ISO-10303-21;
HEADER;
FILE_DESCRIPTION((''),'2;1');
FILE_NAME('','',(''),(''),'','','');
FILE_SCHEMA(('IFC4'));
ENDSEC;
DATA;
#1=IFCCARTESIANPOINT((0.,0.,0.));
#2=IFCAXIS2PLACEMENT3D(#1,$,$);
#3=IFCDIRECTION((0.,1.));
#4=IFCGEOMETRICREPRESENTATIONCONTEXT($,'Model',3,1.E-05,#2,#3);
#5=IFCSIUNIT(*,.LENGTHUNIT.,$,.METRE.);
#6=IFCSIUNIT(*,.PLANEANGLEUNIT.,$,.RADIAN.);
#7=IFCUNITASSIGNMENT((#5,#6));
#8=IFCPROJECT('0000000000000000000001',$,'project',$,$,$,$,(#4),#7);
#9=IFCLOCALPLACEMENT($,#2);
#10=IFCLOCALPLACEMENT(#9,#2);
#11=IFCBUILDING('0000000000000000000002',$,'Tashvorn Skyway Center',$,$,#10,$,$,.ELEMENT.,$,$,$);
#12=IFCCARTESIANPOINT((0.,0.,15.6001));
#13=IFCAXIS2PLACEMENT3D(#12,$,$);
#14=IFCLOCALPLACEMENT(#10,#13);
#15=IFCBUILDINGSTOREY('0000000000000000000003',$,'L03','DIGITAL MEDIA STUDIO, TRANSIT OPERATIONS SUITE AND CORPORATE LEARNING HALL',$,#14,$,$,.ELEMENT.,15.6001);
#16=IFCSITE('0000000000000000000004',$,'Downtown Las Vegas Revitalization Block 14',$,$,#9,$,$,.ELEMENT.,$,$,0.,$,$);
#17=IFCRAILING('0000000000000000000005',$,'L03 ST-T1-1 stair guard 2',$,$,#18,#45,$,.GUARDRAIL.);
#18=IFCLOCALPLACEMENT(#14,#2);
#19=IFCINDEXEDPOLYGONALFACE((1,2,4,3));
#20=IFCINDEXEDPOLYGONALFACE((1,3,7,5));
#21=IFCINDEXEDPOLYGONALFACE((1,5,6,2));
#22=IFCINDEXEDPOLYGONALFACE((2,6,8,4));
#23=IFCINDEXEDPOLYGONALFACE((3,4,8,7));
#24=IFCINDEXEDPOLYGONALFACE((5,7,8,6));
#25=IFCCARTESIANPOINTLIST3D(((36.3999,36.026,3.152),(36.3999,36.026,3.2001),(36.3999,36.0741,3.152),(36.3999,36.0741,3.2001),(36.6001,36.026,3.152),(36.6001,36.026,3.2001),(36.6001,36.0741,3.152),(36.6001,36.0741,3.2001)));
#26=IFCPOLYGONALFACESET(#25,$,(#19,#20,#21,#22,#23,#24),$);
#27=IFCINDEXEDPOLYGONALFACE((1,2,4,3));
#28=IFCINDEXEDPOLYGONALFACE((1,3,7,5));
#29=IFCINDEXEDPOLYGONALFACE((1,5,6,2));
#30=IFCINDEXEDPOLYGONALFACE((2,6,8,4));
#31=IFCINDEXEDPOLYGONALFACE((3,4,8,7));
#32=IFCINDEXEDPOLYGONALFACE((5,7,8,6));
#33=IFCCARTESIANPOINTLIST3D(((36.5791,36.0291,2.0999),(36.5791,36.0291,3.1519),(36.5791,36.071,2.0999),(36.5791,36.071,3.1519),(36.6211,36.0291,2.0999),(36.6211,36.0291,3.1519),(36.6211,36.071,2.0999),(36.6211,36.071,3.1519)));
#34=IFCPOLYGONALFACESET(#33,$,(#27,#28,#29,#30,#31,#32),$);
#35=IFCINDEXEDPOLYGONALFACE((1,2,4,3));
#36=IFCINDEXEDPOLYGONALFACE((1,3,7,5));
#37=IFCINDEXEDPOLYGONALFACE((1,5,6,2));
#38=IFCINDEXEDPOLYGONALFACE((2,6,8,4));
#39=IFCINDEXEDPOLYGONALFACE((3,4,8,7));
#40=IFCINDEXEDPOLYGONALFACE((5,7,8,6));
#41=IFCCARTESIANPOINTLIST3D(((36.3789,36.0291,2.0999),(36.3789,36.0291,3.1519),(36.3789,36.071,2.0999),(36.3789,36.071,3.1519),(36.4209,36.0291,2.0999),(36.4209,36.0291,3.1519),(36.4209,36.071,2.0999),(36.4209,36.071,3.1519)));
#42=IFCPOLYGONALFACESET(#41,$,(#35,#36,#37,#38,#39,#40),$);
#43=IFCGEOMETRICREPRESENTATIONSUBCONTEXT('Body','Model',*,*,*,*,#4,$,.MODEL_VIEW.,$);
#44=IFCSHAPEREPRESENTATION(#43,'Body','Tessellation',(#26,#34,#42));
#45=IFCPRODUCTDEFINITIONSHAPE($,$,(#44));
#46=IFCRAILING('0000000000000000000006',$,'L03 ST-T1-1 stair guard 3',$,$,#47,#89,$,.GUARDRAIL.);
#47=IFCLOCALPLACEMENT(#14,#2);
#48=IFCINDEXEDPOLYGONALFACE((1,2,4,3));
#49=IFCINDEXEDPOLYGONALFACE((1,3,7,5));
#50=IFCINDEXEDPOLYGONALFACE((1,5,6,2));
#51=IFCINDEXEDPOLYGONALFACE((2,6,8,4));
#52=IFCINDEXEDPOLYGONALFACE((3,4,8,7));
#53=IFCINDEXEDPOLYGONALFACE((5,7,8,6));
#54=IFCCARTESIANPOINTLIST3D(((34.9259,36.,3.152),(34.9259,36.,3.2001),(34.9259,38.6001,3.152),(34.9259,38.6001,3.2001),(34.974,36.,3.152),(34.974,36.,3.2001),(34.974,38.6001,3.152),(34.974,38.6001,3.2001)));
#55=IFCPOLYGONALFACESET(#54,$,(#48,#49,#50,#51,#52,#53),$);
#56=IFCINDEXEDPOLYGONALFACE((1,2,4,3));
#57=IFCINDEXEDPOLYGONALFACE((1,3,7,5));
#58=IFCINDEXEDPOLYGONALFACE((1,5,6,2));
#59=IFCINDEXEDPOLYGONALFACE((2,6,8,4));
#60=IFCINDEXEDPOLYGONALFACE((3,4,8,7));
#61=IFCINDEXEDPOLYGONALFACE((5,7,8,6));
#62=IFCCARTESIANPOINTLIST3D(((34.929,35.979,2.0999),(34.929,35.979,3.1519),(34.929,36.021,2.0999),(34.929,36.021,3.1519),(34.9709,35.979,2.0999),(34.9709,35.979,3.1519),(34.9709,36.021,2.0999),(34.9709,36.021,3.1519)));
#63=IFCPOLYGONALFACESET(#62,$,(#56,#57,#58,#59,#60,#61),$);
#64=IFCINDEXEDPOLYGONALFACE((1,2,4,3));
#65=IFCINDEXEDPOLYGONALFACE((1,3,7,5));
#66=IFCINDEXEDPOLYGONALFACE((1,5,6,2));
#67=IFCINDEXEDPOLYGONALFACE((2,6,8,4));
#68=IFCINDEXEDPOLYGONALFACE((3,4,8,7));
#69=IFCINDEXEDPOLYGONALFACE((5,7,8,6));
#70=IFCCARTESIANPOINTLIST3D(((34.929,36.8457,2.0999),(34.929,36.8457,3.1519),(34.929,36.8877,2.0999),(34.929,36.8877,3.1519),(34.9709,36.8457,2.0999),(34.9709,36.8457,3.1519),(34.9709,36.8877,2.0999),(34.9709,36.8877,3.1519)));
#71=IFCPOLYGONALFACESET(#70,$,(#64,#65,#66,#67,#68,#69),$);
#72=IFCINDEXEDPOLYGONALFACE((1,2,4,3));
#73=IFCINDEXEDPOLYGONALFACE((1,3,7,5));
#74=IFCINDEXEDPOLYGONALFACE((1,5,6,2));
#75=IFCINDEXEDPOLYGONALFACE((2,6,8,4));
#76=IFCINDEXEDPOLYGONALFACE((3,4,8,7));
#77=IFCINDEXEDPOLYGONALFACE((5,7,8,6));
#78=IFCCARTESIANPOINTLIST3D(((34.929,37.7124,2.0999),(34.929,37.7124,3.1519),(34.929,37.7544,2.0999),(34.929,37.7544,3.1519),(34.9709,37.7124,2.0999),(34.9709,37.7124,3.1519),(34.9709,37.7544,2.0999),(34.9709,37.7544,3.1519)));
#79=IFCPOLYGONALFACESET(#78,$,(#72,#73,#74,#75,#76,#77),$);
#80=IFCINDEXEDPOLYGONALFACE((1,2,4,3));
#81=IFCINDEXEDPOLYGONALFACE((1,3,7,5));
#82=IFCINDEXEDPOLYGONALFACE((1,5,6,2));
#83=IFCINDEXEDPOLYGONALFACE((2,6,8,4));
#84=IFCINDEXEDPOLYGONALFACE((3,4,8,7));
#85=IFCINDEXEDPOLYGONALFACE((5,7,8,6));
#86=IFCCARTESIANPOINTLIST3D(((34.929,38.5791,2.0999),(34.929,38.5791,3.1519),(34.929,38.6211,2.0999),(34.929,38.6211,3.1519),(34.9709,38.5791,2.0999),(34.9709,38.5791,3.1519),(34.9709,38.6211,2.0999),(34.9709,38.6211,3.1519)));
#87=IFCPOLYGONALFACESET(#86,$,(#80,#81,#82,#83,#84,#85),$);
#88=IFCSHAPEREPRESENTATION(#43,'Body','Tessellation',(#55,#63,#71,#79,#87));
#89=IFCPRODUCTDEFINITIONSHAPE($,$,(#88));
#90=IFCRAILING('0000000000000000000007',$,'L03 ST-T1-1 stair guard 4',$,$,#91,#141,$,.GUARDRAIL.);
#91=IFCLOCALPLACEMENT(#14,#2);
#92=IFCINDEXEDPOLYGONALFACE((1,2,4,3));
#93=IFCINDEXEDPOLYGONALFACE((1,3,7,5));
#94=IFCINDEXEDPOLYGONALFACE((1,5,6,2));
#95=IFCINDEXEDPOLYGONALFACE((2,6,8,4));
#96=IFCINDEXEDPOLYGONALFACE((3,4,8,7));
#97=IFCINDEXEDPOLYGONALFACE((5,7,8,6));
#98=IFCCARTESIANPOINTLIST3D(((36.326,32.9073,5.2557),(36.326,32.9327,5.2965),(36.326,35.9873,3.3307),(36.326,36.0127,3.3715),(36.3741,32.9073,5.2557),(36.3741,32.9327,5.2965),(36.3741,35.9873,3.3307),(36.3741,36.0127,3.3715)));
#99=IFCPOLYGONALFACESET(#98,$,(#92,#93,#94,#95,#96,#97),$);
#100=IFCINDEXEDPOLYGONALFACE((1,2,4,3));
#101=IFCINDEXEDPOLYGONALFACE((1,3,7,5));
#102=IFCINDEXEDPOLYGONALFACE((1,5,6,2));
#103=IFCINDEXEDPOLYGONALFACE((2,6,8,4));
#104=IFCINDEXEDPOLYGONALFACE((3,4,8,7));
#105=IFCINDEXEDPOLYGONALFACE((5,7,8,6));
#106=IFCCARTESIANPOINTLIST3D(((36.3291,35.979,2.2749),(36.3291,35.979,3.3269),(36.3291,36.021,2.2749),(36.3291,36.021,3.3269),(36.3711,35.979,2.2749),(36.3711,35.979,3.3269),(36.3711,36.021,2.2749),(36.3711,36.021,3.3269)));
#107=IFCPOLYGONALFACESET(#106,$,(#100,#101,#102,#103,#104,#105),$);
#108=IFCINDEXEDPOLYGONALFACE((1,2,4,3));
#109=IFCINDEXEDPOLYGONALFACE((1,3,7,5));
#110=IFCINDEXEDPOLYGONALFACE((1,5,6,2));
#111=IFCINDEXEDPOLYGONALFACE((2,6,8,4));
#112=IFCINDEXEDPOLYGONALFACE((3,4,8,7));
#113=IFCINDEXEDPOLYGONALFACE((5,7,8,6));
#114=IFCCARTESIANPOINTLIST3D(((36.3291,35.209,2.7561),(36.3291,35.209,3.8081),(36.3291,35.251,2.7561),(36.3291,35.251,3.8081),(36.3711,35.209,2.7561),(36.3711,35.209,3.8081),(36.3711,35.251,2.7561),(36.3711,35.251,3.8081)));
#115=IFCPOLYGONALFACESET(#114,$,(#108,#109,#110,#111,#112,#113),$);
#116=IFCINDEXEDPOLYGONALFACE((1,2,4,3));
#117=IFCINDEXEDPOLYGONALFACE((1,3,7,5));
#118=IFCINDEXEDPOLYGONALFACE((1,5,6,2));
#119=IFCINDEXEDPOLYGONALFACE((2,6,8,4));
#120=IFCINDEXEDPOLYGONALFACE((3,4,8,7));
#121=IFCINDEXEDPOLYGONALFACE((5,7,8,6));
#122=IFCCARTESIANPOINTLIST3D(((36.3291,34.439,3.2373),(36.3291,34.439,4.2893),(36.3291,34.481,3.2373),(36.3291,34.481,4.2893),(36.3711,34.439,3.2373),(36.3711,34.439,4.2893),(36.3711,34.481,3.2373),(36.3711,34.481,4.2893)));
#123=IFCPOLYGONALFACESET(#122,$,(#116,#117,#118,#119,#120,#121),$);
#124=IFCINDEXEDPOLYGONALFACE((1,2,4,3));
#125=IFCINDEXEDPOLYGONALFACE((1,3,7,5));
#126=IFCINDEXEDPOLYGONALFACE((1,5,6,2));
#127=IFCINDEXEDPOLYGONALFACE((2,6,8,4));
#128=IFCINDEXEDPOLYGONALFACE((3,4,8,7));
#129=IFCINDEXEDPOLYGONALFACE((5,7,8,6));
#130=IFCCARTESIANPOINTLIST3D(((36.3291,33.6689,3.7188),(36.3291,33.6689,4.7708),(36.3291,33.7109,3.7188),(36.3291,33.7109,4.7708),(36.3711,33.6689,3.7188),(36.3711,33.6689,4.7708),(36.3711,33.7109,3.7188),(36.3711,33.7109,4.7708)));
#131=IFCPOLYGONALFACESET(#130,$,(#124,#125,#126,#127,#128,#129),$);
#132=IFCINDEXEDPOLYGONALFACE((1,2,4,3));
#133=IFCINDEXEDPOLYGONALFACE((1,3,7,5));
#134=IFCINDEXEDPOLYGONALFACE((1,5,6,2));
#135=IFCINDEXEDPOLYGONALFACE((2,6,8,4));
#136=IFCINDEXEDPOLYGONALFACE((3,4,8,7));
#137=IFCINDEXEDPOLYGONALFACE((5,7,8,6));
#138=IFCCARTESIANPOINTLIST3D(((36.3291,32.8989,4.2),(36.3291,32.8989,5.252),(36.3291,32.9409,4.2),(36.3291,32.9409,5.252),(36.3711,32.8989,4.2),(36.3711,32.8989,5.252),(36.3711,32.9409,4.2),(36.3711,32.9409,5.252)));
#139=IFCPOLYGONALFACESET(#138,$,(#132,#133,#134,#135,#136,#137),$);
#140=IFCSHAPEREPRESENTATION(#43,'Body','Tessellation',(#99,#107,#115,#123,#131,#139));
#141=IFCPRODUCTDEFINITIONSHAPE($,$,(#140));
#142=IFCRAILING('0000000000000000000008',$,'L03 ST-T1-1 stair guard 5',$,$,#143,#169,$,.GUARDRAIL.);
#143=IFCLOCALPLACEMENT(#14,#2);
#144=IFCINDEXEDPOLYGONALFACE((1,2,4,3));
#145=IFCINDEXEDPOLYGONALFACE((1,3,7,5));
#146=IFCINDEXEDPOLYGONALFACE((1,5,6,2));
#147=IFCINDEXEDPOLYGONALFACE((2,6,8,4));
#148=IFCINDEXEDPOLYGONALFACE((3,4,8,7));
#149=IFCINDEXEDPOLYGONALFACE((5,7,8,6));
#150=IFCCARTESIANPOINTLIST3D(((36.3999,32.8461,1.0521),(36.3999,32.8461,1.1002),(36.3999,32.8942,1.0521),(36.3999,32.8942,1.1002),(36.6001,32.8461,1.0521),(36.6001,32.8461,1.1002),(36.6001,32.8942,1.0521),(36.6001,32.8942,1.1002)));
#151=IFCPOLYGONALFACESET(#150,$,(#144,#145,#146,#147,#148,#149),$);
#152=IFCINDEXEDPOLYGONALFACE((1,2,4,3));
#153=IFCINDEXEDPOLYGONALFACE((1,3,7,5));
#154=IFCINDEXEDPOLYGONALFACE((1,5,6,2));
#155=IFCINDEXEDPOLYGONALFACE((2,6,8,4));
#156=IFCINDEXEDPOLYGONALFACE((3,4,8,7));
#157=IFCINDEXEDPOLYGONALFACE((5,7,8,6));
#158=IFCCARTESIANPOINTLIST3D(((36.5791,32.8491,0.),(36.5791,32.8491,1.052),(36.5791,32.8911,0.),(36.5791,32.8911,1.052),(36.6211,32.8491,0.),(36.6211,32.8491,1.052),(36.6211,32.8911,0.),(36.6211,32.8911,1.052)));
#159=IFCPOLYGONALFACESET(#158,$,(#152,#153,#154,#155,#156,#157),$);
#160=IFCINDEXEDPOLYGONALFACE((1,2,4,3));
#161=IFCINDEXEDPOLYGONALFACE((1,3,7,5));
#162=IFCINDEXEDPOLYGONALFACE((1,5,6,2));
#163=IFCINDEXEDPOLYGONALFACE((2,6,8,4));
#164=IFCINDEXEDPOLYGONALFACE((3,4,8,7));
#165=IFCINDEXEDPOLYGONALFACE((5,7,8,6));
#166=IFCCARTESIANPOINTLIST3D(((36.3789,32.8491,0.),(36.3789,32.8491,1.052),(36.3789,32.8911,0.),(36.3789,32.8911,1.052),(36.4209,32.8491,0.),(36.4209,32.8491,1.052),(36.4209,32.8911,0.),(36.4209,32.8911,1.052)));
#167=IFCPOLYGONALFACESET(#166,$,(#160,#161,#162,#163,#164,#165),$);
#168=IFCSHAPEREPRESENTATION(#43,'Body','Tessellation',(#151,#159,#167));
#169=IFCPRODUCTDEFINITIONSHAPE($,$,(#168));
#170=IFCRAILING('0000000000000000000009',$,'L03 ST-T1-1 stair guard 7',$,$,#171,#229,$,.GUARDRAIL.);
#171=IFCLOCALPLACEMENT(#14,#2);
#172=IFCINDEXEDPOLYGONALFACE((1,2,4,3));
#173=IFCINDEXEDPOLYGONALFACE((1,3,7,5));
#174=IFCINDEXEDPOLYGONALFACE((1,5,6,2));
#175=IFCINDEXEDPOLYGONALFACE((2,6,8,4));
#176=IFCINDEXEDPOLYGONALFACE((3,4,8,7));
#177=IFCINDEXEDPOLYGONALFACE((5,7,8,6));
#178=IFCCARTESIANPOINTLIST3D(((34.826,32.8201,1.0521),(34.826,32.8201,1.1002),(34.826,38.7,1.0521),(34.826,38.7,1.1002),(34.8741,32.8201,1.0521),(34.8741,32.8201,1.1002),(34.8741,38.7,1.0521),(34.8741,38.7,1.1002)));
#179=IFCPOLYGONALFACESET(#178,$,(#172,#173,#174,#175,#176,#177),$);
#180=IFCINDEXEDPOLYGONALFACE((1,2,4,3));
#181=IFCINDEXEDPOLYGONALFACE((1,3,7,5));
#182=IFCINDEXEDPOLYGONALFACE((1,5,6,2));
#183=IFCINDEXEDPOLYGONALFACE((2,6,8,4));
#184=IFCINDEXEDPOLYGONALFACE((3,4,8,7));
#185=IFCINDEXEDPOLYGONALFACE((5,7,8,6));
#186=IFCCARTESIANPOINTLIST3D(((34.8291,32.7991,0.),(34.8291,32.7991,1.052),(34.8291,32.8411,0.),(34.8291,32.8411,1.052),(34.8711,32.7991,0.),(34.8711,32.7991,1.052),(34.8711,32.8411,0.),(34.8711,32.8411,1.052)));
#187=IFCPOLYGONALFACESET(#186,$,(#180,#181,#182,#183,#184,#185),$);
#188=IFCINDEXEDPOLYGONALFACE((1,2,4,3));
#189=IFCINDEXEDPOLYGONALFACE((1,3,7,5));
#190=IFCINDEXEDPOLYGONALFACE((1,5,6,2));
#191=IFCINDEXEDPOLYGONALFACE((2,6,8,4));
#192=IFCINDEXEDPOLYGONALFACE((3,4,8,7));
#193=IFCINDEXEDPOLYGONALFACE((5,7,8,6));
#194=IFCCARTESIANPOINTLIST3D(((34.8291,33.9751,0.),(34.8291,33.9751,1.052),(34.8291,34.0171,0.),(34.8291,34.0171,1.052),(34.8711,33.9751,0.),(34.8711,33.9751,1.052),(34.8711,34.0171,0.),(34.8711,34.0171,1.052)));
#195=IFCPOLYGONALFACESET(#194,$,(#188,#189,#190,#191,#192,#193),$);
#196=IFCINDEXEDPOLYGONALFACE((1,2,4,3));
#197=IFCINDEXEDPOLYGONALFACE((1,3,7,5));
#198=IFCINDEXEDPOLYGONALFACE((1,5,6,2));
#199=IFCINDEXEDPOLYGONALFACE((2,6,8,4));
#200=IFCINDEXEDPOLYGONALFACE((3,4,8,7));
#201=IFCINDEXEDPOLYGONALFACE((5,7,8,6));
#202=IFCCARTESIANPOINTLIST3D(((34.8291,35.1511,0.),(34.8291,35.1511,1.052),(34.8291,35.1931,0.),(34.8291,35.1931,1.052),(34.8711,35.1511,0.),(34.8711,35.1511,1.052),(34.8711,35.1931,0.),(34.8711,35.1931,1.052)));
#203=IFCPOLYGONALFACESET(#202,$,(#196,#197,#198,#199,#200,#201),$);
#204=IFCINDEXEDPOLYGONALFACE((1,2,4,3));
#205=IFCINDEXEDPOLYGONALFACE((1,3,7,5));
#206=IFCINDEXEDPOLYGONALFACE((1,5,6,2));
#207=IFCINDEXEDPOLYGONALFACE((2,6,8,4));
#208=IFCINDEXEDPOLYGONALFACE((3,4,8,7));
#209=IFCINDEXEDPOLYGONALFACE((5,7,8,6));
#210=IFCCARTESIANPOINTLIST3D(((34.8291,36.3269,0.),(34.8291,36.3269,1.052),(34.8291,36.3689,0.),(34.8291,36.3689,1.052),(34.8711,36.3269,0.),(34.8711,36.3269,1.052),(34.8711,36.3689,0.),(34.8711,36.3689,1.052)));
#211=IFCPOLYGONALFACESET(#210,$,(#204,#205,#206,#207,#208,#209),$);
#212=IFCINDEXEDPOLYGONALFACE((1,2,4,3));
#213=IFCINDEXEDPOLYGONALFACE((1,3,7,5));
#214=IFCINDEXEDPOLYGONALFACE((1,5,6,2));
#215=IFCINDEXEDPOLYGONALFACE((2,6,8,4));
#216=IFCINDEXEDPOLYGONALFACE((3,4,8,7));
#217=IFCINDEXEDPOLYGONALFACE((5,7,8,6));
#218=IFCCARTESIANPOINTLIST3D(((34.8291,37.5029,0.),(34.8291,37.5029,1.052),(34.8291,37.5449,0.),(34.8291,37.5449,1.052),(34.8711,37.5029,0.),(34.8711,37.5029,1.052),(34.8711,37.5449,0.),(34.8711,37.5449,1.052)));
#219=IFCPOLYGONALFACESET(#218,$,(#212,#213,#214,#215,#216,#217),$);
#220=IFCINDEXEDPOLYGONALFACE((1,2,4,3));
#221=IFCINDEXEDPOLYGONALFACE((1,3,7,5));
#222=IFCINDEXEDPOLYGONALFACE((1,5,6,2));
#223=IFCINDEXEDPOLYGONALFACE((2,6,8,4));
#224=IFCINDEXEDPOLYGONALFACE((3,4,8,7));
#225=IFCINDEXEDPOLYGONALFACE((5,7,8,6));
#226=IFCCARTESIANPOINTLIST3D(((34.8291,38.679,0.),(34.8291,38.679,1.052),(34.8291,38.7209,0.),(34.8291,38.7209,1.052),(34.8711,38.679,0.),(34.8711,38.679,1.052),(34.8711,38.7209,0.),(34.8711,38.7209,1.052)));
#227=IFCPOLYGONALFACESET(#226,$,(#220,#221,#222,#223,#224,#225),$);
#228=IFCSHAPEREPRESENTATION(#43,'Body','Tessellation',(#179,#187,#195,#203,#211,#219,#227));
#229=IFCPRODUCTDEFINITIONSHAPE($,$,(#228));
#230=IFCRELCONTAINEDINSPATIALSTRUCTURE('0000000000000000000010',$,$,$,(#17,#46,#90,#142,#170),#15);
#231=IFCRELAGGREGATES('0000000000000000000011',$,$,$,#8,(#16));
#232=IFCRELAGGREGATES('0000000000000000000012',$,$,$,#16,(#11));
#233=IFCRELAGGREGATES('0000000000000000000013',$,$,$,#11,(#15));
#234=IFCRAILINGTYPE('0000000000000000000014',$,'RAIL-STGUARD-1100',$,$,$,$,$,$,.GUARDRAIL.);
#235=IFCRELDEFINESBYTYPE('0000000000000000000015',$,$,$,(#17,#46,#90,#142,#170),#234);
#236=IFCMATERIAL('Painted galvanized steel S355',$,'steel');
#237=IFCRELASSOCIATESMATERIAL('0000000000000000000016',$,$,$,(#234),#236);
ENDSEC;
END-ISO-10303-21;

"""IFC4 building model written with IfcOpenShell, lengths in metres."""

from ifc_helpers import new_model, si_unit, direction, frame, origin, origin_2d, place, context, subcontext, project, spatial, rectangle, extrude, material, type_object, element, save


model = new_model("IFC4")

# Units and contexts
model_context = context("Model", 3, precision=1e-05, world=origin(), true_north=direction((0.0, 1.0)))
body_context = subcontext(model_context, "Body", "Model", "MODEL_VIEW")
ifc_project = project(units=[si_unit("LENGTHUNIT", "METRE"), si_unit("PLANEANGLEUNIT", "RADIAN")], contexts=[model_context])

# Site, building, storey
site_placement = place(None, origin())
site = spatial("IfcSite", under=ifc_project, at=site_placement, Name="Downtown Las Vegas Revitalization Block 14", CompositionType="ELEMENT", RefElevation=0.0)
building_placement = place(site_placement, origin())
building = spatial("IfcBuilding", under=site, at=building_placement, Name="Tashvorn Skyway Center", CompositionType="ELEMENT")
storey_placement = place(building_placement, frame((0.0, 0.0, 15.6001)))
storey = spatial("IfcBuildingStorey", under=building, at=storey_placement, Name="L03", Description="DIGITAL MEDIA STUDIO, TRANSIT OPERATIONS SUITE AND CORPORATE LEARNING HALL", CompositionType="ELEMENT", Elevation=15.6001)

# Railings
ifc_material_1 = material(Name="Painted galvanized steel S355", Category="steel")
railing_type_1 = type_object("IfcRailingType", Name="RAIL-STGUARD-1100", PredefinedType="GUARDRAIL", material=ifc_material_1)
railing_1_placement = place(storey_placement, frame((36.6001, 36.05, 2.0999)))
element("IfcRailing", 1, at=railing_1_placement, inside=storey, type_object=railing_type_1, Name="L03 ST-T1-1 stair guard 2", PredefinedType="GUARDRAIL", context=body_context, shape_type="SweptSolid", body=[
    extrude(rectangle(XDim=0.0481, YDim=0.0481, at=origin_2d()), frame((0.0, 0.0, 1.0762), z_axis=(-1.0, 0.0, 0.0), x_axis=(0.0, -1.0, 0.0)), (0.0, 0.0, 1.0), 0.2002),
    extrude(rectangle(XDim=0.042, YDim=0.042, at=origin_2d()), origin(), (0.0, 0.0, 1.0), 1.052),
    extrude(rectangle(XDim=0.042, YDim=0.042, at=origin_2d()), frame((-0.2002, 0.0, 0.0)), (0.0, 0.0, 1.0), 1.052),
])
railing_2_placement = place(storey_placement, frame((34.95, 36.0, 2.0999)))
element("IfcRailing", 2, at=railing_2_placement, inside=storey, type_object=railing_type_1, Name="L03 ST-T1-1 stair guard 3", PredefinedType="GUARDRAIL", context=body_context, shape_type="SweptSolid", body=[
    extrude(rectangle(XDim=0.0481, YDim=0.0481, at=origin_2d()), frame((0.0, 0.0, 1.0762), z_axis=(0.0, 1.0, 0.0), x_axis=(-1.0, 0.0, 0.0)), (0.0, 0.0, 1.0), 2.6001),
    extrude(rectangle(XDim=0.042, YDim=0.042, at=origin_2d()), origin(), (0.0, 0.0, 1.0), 1.052),
    extrude(rectangle(XDim=0.042, YDim=0.042, at=origin_2d()), frame((0.0, 0.8667, 0.0)), (0.0, 0.0, 1.0), 1.052),
    extrude(rectangle(XDim=0.042, YDim=0.042, at=origin_2d()), frame((0.0, 1.7334, 0.0)), (0.0, 0.0, 1.0), 1.052),
    extrude(rectangle(XDim=0.042, YDim=0.042, at=origin_2d()), frame((0.0, 2.6001, 0.0)), (0.0, 0.0, 1.0), 1.052),
])
railing_3_placement = place(storey_placement, frame((36.3501, 36.0, 2.2749)))
element("IfcRailing", 3, at=railing_3_placement, inside=storey, type_object=railing_type_1, Name="L03 ST-T1-1 stair guard 4", PredefinedType="GUARDRAIL", context=body_context, shape_type="SweptSolid", body=[
    extrude(rectangle(XDim=0.0481, YDim=0.0481, at=origin_2d()), frame((0.0, 0.0, 1.0762), z_axis=(0.0, -0.847998, 0.529999), x_axis=(1.0, 0.0, 0.0)), (0.0, 0.0, 1.0), 3.6321),
    extrude(rectangle(XDim=0.042, YDim=0.042, at=origin_2d()), origin(), (0.0, 0.0, 1.0), 1.052),
    extrude(rectangle(XDim=0.042, YDim=0.042, at=origin_2d()), frame((0.0, -0.77, 0.4812)), (0.0, 0.0, 1.0), 1.052),
    extrude(rectangle(XDim=0.042, YDim=0.042, at=origin_2d()), frame((0.0, -1.54, 0.9624)), (0.0, 0.0, 1.0), 1.052),
    extrude(rectangle(XDim=0.042, YDim=0.042, at=origin_2d()), frame((0.0, -2.3101, 1.4438)), (0.0, 0.0, 1.0), 1.052),
    extrude(rectangle(XDim=0.042, YDim=0.042, at=origin_2d()), frame((0.0, -3.0801, 1.925)), (0.0, 0.0, 1.0), 1.052),
])
railing_4_placement = place(storey_placement, frame((36.6001, 32.8701, 0.0)))
element("IfcRailing", 4, at=railing_4_placement, inside=storey, type_object=railing_type_1, Name="L03 ST-T1-1 stair guard 5", PredefinedType="GUARDRAIL", context=body_context, shape_type="SweptSolid", body=[
    extrude(rectangle(XDim=0.0481, YDim=0.0481, at=origin_2d()), frame((0.0, 0.0, 1.0762), z_axis=(-1.0, 0.0, 0.0), x_axis=(0.0, -1.0, 0.0)), (0.0, 0.0, 1.0), 0.2002),
    extrude(rectangle(XDim=0.042, YDim=0.042, at=origin_2d()), origin(), (0.0, 0.0, 1.0), 1.052),
    extrude(rectangle(XDim=0.042, YDim=0.042, at=origin_2d()), frame((-0.2002, 0.0, 0.0)), (0.0, 0.0, 1.0), 1.052),
])
railing_5_placement = place(storey_placement, frame((34.8501, 32.8201, 0.0)))
element("IfcRailing", 5, at=railing_5_placement, inside=storey, type_object=railing_type_1, Name="L03 ST-T1-1 stair guard 7", PredefinedType="GUARDRAIL", context=body_context, shape_type="SweptSolid", body=[
    extrude(rectangle(XDim=0.0481, YDim=0.0481, at=origin_2d()), frame((0.0, 0.0, 1.0762), z_axis=(0.0, 1.0, 0.0), x_axis=(-1.0, 0.0, 0.0)), (0.0, 0.0, 1.0), 5.8799),
    extrude(rectangle(XDim=0.042, YDim=0.042, at=origin_2d()), origin(), (0.0, 0.0, 1.0), 1.052),
    extrude(rectangle(XDim=0.042, YDim=0.042, at=origin_2d()), frame((0.0, 1.176, 0.0)), (0.0, 0.0, 1.0), 1.052),
    extrude(rectangle(XDim=0.042, YDim=0.042, at=origin_2d()), frame((0.0, 2.3521, 0.0)), (0.0, 0.0, 1.0), 1.052),
    extrude(rectangle(XDim=0.042, YDim=0.042, at=origin_2d()), frame((0.0, 3.5278, 0.0)), (0.0, 0.0, 1.0), 1.052),
    extrude(rectangle(XDim=0.042, YDim=0.042, at=origin_2d()), frame((0.0, 4.7039, 0.0)), (0.0, 0.0, 1.0), 1.052),
    extrude(rectangle(XDim=0.042, YDim=0.042, at=origin_2d()), frame((0.0, 5.8799, 0.0)), (0.0, 0.0, 1.0), 1.052),
])

save(model, "model.ifc")
